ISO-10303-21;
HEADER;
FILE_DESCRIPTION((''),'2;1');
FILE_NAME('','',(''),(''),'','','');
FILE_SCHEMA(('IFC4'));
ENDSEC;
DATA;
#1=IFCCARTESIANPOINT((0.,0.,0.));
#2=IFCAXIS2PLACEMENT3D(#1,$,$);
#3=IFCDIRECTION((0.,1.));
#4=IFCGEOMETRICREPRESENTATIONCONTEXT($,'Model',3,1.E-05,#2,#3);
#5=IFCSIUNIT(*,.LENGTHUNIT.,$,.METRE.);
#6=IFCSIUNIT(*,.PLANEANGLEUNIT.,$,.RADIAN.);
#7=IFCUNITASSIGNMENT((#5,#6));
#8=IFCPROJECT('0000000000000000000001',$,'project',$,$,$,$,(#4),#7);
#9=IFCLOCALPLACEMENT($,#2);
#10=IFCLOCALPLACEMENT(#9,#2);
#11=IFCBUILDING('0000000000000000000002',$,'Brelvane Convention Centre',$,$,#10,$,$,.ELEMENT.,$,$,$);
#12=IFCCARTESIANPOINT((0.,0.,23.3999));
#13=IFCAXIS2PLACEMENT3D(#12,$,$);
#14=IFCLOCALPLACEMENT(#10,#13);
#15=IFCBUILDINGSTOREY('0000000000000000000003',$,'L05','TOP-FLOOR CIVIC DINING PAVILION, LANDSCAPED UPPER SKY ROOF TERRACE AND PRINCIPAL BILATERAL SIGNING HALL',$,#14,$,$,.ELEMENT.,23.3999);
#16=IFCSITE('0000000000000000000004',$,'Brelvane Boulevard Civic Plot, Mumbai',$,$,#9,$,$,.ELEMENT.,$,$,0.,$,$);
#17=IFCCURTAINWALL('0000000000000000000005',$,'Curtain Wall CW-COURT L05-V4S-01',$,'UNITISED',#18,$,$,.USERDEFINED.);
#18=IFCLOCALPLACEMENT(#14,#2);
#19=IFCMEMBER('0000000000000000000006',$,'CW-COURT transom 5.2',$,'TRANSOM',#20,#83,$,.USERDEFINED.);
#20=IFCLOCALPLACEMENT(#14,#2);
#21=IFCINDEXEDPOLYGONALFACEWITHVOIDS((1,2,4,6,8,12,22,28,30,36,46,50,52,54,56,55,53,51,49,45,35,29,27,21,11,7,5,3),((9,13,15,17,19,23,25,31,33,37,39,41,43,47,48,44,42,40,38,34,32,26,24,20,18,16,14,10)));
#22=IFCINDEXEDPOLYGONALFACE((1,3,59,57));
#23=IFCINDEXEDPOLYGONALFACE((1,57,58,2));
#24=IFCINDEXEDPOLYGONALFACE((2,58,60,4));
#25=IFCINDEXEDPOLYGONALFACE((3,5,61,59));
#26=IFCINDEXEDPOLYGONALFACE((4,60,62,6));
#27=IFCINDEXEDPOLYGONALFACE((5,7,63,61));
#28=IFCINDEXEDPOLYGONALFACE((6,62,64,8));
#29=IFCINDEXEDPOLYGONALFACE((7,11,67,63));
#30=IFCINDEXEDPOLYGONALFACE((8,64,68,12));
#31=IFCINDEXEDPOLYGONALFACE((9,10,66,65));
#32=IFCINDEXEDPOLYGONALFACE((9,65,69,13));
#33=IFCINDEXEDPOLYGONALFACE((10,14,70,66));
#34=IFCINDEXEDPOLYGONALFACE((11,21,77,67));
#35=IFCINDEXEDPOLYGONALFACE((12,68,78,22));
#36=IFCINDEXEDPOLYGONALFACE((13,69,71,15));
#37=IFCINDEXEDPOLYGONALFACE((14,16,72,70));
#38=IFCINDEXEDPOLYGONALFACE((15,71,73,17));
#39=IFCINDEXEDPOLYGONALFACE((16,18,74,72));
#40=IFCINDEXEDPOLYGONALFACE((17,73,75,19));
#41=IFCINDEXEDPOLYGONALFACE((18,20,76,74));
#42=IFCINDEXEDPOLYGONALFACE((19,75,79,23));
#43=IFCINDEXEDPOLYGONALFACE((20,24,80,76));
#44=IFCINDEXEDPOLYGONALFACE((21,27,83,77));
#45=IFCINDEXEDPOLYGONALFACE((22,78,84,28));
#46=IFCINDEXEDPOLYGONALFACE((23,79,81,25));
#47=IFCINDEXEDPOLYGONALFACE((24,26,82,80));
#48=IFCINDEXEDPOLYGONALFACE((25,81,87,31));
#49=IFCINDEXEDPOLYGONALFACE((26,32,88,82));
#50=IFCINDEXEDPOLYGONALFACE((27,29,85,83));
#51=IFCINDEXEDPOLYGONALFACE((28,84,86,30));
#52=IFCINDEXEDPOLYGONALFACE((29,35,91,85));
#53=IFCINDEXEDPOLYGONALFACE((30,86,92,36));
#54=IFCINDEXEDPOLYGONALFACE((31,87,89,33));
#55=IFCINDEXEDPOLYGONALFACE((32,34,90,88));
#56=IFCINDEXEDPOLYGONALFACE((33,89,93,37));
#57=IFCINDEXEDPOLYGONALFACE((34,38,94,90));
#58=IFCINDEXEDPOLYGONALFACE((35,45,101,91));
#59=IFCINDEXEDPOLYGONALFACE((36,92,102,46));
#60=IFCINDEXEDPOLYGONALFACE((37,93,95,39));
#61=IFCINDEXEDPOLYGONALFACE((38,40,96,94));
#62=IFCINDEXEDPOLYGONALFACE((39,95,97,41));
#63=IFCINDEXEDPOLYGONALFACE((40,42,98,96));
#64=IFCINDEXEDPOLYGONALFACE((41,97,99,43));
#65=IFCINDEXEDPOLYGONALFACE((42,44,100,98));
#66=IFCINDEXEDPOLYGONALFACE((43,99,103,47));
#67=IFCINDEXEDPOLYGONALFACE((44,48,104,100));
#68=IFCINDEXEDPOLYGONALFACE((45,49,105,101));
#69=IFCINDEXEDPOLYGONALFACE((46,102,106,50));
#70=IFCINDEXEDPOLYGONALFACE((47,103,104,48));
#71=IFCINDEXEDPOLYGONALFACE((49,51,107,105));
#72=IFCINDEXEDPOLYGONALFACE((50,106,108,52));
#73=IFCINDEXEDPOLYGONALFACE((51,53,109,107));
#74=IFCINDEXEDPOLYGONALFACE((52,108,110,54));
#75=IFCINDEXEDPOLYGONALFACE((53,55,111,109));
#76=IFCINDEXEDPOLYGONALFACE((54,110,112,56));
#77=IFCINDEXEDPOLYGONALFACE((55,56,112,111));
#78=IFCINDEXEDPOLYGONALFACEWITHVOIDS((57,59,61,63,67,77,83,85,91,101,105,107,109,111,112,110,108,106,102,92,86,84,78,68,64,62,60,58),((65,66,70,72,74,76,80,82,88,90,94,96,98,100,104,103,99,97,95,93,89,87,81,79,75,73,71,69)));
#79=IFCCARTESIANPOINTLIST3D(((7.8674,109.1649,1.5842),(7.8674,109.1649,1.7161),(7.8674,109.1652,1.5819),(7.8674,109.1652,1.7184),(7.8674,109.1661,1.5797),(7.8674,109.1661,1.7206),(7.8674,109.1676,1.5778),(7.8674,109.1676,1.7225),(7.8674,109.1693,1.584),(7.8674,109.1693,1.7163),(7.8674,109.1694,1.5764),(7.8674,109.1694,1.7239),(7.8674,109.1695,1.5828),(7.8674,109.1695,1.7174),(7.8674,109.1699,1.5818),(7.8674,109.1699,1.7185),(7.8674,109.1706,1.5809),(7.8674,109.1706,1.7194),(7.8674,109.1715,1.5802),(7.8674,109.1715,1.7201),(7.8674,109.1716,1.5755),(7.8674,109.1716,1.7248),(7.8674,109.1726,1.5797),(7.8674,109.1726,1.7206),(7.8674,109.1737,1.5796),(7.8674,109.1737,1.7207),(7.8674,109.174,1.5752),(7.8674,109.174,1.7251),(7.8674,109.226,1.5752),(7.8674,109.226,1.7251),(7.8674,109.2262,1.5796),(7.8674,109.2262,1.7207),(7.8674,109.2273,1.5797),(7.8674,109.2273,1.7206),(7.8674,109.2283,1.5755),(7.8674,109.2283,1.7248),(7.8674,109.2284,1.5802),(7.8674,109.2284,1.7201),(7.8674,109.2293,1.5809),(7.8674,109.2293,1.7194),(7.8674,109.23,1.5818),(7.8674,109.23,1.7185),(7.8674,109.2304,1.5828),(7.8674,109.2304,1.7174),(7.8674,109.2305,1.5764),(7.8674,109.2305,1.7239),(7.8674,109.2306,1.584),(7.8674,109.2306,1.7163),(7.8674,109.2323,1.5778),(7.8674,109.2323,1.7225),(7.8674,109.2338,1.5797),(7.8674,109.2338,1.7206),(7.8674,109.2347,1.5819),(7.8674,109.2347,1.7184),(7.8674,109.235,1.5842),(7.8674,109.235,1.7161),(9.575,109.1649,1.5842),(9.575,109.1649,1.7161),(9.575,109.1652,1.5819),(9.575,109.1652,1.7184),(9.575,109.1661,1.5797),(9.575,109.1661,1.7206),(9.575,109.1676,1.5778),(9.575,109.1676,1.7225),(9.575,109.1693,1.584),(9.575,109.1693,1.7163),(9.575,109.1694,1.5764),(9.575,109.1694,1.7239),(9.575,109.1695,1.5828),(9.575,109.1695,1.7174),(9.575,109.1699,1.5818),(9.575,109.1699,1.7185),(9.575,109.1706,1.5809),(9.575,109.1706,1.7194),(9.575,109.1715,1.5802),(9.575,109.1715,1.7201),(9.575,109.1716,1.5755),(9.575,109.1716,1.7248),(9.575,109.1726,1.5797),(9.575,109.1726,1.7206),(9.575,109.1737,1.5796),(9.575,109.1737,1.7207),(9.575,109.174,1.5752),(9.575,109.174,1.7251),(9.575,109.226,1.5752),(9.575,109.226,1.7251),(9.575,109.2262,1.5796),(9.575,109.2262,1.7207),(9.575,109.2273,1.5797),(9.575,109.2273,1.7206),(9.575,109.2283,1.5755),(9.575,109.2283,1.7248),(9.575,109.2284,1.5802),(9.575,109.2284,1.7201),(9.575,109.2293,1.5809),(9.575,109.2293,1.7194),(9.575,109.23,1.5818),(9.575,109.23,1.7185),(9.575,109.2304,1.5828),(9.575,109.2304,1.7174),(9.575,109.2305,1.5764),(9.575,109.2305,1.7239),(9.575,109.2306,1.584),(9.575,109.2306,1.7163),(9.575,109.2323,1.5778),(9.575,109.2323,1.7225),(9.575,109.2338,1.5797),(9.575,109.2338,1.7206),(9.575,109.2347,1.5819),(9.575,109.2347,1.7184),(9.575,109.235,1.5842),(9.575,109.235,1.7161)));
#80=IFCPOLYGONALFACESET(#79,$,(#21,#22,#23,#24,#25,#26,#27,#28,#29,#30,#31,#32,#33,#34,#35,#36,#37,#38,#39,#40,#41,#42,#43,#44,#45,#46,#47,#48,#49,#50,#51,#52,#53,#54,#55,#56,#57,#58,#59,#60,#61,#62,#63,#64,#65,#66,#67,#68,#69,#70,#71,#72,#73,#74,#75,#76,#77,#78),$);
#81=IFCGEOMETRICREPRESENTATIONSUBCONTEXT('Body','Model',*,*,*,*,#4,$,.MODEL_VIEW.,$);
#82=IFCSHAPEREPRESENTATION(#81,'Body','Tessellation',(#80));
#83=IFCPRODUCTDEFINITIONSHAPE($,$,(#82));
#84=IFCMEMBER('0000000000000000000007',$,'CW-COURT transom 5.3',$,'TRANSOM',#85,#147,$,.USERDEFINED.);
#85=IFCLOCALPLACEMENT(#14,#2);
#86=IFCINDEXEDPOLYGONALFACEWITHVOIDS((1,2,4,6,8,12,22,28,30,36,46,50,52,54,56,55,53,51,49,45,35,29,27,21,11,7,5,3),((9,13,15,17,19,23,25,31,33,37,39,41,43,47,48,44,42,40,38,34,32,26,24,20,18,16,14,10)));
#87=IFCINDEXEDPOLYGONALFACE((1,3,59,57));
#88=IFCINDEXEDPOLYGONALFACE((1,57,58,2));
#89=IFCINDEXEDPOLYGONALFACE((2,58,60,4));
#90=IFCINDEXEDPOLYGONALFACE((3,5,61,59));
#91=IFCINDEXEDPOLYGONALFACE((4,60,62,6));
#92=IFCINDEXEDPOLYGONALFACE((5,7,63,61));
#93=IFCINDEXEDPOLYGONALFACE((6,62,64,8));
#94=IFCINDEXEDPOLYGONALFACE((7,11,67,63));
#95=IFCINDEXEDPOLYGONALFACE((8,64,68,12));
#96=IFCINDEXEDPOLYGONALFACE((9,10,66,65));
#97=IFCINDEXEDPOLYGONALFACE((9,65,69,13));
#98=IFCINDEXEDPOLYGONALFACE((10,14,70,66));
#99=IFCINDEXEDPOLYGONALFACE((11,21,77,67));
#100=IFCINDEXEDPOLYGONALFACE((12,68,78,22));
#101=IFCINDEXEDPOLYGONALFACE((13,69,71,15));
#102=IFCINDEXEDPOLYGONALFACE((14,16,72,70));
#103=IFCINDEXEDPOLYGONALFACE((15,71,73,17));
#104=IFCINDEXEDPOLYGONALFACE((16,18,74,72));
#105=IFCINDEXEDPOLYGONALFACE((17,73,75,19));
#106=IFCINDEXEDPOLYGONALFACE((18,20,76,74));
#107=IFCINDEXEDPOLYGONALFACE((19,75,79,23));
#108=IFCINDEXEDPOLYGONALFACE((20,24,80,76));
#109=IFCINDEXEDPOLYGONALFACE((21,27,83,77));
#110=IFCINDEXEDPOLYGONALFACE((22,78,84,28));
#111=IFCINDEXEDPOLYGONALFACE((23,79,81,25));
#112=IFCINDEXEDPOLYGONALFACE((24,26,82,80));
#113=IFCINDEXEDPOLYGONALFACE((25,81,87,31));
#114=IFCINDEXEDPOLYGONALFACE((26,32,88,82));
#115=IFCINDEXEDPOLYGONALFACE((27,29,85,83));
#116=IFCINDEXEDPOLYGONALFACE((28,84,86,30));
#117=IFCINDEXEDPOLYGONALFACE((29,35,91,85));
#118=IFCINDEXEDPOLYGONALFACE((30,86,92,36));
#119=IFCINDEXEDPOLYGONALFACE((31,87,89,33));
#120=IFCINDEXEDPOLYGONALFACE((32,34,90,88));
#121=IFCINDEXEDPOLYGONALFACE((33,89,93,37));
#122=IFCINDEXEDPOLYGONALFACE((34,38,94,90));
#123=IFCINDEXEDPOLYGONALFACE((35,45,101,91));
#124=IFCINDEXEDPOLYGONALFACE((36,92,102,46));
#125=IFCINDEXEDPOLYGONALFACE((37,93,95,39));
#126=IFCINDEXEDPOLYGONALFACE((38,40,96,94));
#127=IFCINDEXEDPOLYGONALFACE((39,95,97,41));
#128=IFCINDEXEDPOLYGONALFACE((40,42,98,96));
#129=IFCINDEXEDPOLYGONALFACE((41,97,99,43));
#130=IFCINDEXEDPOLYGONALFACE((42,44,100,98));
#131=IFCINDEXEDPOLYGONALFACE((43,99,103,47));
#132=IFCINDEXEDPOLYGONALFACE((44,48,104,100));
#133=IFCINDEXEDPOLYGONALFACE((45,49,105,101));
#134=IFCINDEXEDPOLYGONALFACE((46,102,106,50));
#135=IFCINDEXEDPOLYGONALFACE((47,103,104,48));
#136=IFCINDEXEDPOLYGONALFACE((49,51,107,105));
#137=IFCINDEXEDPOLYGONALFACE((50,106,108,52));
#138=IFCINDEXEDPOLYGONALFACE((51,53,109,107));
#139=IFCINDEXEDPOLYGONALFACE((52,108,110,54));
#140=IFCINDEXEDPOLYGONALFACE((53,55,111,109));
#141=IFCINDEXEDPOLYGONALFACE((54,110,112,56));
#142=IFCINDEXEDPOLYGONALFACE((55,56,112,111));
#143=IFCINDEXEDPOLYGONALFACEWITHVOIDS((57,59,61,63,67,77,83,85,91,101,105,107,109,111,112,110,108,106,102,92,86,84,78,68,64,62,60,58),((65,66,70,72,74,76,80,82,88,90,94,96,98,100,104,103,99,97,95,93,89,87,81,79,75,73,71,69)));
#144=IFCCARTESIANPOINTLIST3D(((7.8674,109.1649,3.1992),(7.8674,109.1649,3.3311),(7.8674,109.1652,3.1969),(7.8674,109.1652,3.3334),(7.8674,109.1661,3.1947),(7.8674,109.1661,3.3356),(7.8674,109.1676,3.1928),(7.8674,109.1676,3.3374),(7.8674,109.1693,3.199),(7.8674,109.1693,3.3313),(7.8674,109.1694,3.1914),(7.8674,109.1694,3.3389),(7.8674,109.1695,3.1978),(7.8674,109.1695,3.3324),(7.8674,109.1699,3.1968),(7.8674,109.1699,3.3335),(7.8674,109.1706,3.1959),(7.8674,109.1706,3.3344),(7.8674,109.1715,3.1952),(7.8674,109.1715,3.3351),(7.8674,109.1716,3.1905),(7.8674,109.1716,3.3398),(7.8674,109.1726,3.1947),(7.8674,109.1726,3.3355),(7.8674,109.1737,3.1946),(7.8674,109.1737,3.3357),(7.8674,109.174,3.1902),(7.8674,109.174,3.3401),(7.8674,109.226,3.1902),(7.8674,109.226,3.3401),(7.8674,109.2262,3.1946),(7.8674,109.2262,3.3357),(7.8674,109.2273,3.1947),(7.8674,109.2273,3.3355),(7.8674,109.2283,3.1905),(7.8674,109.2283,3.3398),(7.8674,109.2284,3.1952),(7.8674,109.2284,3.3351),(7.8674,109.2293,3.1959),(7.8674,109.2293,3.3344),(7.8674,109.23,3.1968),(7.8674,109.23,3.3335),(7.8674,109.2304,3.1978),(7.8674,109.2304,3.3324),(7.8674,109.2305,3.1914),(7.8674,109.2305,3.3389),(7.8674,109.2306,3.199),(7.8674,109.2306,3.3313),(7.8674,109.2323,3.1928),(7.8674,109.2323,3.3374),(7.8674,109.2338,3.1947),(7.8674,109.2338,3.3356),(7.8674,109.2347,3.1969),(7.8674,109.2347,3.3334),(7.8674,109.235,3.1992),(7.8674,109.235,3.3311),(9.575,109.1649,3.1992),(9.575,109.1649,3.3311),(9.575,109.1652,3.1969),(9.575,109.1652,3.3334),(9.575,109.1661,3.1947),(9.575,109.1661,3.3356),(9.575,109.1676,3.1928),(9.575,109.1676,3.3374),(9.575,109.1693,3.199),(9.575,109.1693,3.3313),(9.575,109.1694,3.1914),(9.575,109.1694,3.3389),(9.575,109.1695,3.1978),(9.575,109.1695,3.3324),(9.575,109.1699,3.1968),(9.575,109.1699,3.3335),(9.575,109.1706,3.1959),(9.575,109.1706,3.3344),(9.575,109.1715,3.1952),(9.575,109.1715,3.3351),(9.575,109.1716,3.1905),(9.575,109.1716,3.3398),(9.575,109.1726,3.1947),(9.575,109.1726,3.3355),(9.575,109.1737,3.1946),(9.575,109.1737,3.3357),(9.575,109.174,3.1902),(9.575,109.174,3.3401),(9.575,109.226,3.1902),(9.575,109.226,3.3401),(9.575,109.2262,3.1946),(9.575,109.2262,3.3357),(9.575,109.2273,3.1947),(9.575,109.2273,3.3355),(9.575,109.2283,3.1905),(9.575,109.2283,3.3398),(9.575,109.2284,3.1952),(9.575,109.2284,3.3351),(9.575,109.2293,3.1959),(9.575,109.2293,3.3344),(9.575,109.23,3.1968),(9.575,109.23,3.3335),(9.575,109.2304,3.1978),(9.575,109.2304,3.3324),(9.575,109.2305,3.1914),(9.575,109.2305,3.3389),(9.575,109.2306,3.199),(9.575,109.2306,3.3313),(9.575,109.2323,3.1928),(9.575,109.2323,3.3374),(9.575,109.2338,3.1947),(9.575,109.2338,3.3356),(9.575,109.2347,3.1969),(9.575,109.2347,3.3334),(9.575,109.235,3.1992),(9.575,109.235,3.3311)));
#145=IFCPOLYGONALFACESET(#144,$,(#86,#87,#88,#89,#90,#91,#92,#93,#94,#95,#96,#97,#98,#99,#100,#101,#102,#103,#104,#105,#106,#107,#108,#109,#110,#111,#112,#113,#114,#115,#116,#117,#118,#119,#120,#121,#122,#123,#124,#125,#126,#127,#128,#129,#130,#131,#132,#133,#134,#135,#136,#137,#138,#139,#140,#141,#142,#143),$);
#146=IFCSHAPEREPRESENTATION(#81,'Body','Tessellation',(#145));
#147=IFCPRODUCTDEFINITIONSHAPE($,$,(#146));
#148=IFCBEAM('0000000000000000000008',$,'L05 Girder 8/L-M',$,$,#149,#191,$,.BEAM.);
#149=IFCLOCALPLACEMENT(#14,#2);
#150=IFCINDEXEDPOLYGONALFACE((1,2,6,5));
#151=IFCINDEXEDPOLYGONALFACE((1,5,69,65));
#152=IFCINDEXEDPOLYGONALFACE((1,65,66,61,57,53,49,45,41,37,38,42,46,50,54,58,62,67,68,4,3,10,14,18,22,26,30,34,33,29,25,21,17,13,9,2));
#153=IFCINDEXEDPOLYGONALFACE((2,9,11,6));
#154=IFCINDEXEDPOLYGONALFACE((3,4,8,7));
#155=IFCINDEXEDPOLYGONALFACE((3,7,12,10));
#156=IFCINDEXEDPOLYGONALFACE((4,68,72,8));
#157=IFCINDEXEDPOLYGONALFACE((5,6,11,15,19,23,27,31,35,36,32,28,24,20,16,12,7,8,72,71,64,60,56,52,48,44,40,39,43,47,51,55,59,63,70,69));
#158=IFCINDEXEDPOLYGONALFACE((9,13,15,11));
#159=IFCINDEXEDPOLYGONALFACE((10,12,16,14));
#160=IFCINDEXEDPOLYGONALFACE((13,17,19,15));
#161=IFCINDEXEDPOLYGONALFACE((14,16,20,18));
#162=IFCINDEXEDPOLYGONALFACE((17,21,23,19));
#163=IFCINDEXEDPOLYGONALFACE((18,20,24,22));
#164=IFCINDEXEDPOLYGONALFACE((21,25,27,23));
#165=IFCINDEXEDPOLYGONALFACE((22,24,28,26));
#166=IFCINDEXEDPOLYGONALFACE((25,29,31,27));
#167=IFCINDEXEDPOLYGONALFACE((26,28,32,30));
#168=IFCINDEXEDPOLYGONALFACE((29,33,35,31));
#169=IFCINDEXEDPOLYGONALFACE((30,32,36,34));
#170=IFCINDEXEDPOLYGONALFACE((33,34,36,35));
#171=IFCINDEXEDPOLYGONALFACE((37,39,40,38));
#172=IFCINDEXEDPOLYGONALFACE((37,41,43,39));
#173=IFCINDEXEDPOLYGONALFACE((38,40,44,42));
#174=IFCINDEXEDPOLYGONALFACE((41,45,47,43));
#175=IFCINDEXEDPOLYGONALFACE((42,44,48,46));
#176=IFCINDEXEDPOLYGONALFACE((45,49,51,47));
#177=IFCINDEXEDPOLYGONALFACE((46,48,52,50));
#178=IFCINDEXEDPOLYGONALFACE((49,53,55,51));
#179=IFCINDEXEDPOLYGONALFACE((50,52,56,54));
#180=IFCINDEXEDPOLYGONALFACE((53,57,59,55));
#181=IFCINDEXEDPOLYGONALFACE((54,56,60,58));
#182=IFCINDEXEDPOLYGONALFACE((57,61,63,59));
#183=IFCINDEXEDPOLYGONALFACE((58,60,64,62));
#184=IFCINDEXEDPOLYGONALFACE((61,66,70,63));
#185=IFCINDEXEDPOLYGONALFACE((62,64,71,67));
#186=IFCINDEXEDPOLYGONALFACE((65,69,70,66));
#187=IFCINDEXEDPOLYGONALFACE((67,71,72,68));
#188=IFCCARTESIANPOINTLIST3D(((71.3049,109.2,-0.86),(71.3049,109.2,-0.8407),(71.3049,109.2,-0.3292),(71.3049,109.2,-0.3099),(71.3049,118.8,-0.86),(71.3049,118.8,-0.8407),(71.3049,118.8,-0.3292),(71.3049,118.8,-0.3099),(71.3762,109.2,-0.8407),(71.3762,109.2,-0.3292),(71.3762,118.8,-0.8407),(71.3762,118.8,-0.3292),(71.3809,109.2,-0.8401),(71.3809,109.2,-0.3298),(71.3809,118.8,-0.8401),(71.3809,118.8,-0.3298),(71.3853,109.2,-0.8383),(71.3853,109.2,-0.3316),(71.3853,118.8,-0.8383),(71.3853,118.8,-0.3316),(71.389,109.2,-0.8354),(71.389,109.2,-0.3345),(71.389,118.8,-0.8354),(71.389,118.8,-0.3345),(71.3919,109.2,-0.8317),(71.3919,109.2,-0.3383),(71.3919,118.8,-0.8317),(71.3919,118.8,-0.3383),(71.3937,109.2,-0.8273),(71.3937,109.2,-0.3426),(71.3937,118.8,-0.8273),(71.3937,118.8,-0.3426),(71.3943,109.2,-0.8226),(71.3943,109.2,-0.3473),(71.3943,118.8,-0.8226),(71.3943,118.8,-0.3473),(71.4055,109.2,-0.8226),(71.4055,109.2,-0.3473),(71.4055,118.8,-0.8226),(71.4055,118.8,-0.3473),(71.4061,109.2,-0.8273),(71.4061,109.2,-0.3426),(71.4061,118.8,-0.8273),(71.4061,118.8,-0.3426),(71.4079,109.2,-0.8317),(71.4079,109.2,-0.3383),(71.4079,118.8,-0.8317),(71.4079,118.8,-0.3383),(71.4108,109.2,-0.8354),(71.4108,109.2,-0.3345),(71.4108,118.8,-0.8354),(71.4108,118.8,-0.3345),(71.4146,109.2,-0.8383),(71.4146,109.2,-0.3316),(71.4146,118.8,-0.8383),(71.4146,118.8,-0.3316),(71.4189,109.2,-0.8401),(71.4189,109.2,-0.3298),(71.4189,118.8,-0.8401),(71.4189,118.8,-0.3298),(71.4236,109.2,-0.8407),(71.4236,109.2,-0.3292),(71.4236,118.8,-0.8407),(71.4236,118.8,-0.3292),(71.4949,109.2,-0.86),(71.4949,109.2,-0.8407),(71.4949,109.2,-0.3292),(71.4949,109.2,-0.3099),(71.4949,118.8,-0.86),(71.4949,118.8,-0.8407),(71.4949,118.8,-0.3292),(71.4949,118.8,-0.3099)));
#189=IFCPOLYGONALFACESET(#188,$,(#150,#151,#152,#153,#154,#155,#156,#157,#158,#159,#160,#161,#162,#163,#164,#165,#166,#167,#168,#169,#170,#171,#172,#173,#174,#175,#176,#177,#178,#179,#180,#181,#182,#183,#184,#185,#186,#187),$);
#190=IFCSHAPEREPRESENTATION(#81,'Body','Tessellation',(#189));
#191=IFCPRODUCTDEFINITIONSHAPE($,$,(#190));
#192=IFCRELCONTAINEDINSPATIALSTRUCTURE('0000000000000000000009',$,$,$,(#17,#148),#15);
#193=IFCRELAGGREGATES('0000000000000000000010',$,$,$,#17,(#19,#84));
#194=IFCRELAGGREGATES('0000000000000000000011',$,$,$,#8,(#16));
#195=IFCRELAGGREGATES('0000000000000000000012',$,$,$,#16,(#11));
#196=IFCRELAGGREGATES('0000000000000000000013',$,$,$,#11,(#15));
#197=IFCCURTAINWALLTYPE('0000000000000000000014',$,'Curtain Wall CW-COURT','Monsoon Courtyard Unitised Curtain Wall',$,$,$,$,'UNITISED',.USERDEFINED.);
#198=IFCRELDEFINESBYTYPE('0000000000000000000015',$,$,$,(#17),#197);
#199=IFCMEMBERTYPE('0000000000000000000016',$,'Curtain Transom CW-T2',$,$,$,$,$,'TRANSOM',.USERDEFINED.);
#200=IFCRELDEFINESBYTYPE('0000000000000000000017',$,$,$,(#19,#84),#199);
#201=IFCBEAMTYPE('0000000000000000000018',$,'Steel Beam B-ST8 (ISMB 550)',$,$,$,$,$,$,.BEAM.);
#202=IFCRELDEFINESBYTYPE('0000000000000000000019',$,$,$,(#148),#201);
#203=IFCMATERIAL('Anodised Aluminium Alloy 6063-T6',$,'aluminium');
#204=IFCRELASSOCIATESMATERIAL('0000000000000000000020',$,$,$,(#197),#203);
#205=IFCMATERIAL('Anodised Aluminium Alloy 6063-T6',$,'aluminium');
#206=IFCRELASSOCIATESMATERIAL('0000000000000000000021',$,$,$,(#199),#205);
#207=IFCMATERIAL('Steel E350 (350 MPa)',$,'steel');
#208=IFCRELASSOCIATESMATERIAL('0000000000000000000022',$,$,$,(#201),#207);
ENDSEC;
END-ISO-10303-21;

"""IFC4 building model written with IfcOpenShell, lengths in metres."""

from ifc_helpers import new_model, si_unit, direction, frame, origin, origin_2d, place, context, subcontext, project, spatial, hollow_rectangle, i_section, extrude, material, material_profile, profile_set, type_object, element, aggregate, save


model = new_model("IFC4")

# Units and contexts
model_context = context("Model", 3, precision=1e-05, world=origin(), true_north=direction((0.0, 1.0)))
body_context = subcontext(model_context, "Body", "Model", "MODEL_VIEW")
ifc_project = project(units=[si_unit("LENGTHUNIT", "METRE"), si_unit("PLANEANGLEUNIT", "RADIAN")], contexts=[model_context])

# Site, building, storey
site_placement = place(None, origin())
site = spatial("IfcSite", under=ifc_project, at=site_placement, Name="Brelvane Boulevard Civic Plot, Mumbai", CompositionType="ELEMENT", RefElevation=0.0)
building_placement = place(site_placement, origin())
building = spatial("IfcBuilding", under=site, at=building_placement, Name="Brelvane Convention Centre", CompositionType="ELEMENT")
storey_placement = place(building_placement, frame((0.0, 0.0, 23.3999)))
storey = spatial("IfcBuildingStorey", under=building, at=storey_placement, Name="L05", Description="TOP-FLOOR CIVIC DINING PAVILION, LANDSCAPED UPPER SKY ROOF TERRACE AND PRINCIPAL BILATERAL SIGNING HALL", CompositionType="ELEMENT", Elevation=23.3999)

# Curtain wall
ifc_material_1 = material(Name="Anodised Aluminium Alloy 6063-T6", Category="aluminium")
curtain_wall_type = type_object("IfcCurtainWallType", Name="Curtain Wall CW-COURT", Description="Monsoon Courtyard Unitised Curtain Wall", ElementType="UNITISED", PredefinedType="USERDEFINED", material=ifc_material_1)
curtain_wall_1_placement = place(storey_placement, origin())
curtain_wall_1 = element("IfcCurtainWall", 1, at=curtain_wall_1_placement, inside=storey, type_object=curtain_wall_type, Name="Curtain Wall CW-COURT L05-V4S-01", ObjectType="UNITISED", PredefinedType="USERDEFINED")

# Members
ifc_material_2 = material(Name="Anodised Aluminium Alloy 6063-T6", Category="aluminium")
ifc_material_profile_1 = material_profile(ifc_material_2, hollow_rectangle(XDim=0.0701, YDim=0.1499, WallThickness=0.0044, InnerFilletRadius=0.0044, OuterFilletRadius=0.009, at=origin_2d()), Name="ALU-T 150x70x4.5")
ifc_profile_set_1 = profile_set([ifc_material_profile_1], Name="Anodised Aluminium Alloy 6063-T6")
member_type_1 = type_object("IfcMemberType", Name="Curtain Transom CW-T2", ElementType="TRANSOM", PredefinedType="USERDEFINED", material=ifc_profile_set_1)
member_1_placement = place(storey_placement, frame((7.8674, 109.2, 1.6501), z_axis=(1.0, 0.0, 0.0), x_axis=(0.0, 1.0, 0.0)))
member_1 = element("IfcMember", 2, at=member_1_placement, type_object=member_type_1, Name="CW-COURT transom 5.2", ObjectType="TRANSOM", PredefinedType="USERDEFINED", context=body_context, shape_type="SweptSolid", body=[
    extrude(hollow_rectangle(XDim=0.0701, YDim=0.1499, WallThickness=0.0044, InnerFilletRadius=0.0044, OuterFilletRadius=0.009, at=origin_2d()), origin(), (0.0, 0.0, 1.0), 1.7075),
])
member_2_placement = place(storey_placement, frame((7.8674, 109.2, 3.2651), z_axis=(1.0, 0.0, 0.0), x_axis=(0.0, 1.0, 0.0)))
member_2 = element("IfcMember", 3, at=member_2_placement, type_object=member_type_1, Name="CW-COURT transom 5.3", ObjectType="TRANSOM", PredefinedType="USERDEFINED", context=body_context, shape_type="SweptSolid", body=[
    extrude(hollow_rectangle(XDim=0.0701, YDim=0.1499, WallThickness=0.0044, InnerFilletRadius=0.0044, OuterFilletRadius=0.009, at=origin_2d()), origin(), (0.0, 0.0, 1.0), 1.7075),
])

# Beam
ifc_material_3 = material(Name="Steel E350 (350 MPa)", Category="steel")
ifc_material_profile_2 = material_profile(ifc_material_3, i_section(OverallWidth=0.1899, OverallDepth=0.55, WebThickness=0.0112, FlangeThickness=0.0193, FilletRadius=0.0181, at=origin_2d()), Name="ISMB 550")
ifc_profile_set_2 = profile_set([ifc_material_profile_2], Name="Steel E350 (350 MPa)")
beam_type = type_object("IfcBeamType", Name="Steel Beam B-ST8 (ISMB 550)", PredefinedType="BEAM", material=ifc_profile_set_2)
beam_placement = place(storey_placement, frame((71.3999, 109.2, -0.585), z_axis=(0.0, 1.0, 0.0), x_axis=(-1.0, 0.0, 0.0)))
element("IfcBeam", 4, at=beam_placement, inside=storey, type_object=beam_type, Name="L05 Girder 8/L-M", PredefinedType="BEAM", context=body_context, shape_type="SweptSolid", body=[
    extrude(i_section(OverallWidth=0.1899, OverallDepth=0.55, WebThickness=0.0112, FlangeThickness=0.0193, FilletRadius=0.0181, at=origin_2d()), origin(), (0.0, 0.0, 1.0), 9.6001),
])

aggregate(curtain_wall_1, [member_1, member_2])

save(model, "model.ifc")
